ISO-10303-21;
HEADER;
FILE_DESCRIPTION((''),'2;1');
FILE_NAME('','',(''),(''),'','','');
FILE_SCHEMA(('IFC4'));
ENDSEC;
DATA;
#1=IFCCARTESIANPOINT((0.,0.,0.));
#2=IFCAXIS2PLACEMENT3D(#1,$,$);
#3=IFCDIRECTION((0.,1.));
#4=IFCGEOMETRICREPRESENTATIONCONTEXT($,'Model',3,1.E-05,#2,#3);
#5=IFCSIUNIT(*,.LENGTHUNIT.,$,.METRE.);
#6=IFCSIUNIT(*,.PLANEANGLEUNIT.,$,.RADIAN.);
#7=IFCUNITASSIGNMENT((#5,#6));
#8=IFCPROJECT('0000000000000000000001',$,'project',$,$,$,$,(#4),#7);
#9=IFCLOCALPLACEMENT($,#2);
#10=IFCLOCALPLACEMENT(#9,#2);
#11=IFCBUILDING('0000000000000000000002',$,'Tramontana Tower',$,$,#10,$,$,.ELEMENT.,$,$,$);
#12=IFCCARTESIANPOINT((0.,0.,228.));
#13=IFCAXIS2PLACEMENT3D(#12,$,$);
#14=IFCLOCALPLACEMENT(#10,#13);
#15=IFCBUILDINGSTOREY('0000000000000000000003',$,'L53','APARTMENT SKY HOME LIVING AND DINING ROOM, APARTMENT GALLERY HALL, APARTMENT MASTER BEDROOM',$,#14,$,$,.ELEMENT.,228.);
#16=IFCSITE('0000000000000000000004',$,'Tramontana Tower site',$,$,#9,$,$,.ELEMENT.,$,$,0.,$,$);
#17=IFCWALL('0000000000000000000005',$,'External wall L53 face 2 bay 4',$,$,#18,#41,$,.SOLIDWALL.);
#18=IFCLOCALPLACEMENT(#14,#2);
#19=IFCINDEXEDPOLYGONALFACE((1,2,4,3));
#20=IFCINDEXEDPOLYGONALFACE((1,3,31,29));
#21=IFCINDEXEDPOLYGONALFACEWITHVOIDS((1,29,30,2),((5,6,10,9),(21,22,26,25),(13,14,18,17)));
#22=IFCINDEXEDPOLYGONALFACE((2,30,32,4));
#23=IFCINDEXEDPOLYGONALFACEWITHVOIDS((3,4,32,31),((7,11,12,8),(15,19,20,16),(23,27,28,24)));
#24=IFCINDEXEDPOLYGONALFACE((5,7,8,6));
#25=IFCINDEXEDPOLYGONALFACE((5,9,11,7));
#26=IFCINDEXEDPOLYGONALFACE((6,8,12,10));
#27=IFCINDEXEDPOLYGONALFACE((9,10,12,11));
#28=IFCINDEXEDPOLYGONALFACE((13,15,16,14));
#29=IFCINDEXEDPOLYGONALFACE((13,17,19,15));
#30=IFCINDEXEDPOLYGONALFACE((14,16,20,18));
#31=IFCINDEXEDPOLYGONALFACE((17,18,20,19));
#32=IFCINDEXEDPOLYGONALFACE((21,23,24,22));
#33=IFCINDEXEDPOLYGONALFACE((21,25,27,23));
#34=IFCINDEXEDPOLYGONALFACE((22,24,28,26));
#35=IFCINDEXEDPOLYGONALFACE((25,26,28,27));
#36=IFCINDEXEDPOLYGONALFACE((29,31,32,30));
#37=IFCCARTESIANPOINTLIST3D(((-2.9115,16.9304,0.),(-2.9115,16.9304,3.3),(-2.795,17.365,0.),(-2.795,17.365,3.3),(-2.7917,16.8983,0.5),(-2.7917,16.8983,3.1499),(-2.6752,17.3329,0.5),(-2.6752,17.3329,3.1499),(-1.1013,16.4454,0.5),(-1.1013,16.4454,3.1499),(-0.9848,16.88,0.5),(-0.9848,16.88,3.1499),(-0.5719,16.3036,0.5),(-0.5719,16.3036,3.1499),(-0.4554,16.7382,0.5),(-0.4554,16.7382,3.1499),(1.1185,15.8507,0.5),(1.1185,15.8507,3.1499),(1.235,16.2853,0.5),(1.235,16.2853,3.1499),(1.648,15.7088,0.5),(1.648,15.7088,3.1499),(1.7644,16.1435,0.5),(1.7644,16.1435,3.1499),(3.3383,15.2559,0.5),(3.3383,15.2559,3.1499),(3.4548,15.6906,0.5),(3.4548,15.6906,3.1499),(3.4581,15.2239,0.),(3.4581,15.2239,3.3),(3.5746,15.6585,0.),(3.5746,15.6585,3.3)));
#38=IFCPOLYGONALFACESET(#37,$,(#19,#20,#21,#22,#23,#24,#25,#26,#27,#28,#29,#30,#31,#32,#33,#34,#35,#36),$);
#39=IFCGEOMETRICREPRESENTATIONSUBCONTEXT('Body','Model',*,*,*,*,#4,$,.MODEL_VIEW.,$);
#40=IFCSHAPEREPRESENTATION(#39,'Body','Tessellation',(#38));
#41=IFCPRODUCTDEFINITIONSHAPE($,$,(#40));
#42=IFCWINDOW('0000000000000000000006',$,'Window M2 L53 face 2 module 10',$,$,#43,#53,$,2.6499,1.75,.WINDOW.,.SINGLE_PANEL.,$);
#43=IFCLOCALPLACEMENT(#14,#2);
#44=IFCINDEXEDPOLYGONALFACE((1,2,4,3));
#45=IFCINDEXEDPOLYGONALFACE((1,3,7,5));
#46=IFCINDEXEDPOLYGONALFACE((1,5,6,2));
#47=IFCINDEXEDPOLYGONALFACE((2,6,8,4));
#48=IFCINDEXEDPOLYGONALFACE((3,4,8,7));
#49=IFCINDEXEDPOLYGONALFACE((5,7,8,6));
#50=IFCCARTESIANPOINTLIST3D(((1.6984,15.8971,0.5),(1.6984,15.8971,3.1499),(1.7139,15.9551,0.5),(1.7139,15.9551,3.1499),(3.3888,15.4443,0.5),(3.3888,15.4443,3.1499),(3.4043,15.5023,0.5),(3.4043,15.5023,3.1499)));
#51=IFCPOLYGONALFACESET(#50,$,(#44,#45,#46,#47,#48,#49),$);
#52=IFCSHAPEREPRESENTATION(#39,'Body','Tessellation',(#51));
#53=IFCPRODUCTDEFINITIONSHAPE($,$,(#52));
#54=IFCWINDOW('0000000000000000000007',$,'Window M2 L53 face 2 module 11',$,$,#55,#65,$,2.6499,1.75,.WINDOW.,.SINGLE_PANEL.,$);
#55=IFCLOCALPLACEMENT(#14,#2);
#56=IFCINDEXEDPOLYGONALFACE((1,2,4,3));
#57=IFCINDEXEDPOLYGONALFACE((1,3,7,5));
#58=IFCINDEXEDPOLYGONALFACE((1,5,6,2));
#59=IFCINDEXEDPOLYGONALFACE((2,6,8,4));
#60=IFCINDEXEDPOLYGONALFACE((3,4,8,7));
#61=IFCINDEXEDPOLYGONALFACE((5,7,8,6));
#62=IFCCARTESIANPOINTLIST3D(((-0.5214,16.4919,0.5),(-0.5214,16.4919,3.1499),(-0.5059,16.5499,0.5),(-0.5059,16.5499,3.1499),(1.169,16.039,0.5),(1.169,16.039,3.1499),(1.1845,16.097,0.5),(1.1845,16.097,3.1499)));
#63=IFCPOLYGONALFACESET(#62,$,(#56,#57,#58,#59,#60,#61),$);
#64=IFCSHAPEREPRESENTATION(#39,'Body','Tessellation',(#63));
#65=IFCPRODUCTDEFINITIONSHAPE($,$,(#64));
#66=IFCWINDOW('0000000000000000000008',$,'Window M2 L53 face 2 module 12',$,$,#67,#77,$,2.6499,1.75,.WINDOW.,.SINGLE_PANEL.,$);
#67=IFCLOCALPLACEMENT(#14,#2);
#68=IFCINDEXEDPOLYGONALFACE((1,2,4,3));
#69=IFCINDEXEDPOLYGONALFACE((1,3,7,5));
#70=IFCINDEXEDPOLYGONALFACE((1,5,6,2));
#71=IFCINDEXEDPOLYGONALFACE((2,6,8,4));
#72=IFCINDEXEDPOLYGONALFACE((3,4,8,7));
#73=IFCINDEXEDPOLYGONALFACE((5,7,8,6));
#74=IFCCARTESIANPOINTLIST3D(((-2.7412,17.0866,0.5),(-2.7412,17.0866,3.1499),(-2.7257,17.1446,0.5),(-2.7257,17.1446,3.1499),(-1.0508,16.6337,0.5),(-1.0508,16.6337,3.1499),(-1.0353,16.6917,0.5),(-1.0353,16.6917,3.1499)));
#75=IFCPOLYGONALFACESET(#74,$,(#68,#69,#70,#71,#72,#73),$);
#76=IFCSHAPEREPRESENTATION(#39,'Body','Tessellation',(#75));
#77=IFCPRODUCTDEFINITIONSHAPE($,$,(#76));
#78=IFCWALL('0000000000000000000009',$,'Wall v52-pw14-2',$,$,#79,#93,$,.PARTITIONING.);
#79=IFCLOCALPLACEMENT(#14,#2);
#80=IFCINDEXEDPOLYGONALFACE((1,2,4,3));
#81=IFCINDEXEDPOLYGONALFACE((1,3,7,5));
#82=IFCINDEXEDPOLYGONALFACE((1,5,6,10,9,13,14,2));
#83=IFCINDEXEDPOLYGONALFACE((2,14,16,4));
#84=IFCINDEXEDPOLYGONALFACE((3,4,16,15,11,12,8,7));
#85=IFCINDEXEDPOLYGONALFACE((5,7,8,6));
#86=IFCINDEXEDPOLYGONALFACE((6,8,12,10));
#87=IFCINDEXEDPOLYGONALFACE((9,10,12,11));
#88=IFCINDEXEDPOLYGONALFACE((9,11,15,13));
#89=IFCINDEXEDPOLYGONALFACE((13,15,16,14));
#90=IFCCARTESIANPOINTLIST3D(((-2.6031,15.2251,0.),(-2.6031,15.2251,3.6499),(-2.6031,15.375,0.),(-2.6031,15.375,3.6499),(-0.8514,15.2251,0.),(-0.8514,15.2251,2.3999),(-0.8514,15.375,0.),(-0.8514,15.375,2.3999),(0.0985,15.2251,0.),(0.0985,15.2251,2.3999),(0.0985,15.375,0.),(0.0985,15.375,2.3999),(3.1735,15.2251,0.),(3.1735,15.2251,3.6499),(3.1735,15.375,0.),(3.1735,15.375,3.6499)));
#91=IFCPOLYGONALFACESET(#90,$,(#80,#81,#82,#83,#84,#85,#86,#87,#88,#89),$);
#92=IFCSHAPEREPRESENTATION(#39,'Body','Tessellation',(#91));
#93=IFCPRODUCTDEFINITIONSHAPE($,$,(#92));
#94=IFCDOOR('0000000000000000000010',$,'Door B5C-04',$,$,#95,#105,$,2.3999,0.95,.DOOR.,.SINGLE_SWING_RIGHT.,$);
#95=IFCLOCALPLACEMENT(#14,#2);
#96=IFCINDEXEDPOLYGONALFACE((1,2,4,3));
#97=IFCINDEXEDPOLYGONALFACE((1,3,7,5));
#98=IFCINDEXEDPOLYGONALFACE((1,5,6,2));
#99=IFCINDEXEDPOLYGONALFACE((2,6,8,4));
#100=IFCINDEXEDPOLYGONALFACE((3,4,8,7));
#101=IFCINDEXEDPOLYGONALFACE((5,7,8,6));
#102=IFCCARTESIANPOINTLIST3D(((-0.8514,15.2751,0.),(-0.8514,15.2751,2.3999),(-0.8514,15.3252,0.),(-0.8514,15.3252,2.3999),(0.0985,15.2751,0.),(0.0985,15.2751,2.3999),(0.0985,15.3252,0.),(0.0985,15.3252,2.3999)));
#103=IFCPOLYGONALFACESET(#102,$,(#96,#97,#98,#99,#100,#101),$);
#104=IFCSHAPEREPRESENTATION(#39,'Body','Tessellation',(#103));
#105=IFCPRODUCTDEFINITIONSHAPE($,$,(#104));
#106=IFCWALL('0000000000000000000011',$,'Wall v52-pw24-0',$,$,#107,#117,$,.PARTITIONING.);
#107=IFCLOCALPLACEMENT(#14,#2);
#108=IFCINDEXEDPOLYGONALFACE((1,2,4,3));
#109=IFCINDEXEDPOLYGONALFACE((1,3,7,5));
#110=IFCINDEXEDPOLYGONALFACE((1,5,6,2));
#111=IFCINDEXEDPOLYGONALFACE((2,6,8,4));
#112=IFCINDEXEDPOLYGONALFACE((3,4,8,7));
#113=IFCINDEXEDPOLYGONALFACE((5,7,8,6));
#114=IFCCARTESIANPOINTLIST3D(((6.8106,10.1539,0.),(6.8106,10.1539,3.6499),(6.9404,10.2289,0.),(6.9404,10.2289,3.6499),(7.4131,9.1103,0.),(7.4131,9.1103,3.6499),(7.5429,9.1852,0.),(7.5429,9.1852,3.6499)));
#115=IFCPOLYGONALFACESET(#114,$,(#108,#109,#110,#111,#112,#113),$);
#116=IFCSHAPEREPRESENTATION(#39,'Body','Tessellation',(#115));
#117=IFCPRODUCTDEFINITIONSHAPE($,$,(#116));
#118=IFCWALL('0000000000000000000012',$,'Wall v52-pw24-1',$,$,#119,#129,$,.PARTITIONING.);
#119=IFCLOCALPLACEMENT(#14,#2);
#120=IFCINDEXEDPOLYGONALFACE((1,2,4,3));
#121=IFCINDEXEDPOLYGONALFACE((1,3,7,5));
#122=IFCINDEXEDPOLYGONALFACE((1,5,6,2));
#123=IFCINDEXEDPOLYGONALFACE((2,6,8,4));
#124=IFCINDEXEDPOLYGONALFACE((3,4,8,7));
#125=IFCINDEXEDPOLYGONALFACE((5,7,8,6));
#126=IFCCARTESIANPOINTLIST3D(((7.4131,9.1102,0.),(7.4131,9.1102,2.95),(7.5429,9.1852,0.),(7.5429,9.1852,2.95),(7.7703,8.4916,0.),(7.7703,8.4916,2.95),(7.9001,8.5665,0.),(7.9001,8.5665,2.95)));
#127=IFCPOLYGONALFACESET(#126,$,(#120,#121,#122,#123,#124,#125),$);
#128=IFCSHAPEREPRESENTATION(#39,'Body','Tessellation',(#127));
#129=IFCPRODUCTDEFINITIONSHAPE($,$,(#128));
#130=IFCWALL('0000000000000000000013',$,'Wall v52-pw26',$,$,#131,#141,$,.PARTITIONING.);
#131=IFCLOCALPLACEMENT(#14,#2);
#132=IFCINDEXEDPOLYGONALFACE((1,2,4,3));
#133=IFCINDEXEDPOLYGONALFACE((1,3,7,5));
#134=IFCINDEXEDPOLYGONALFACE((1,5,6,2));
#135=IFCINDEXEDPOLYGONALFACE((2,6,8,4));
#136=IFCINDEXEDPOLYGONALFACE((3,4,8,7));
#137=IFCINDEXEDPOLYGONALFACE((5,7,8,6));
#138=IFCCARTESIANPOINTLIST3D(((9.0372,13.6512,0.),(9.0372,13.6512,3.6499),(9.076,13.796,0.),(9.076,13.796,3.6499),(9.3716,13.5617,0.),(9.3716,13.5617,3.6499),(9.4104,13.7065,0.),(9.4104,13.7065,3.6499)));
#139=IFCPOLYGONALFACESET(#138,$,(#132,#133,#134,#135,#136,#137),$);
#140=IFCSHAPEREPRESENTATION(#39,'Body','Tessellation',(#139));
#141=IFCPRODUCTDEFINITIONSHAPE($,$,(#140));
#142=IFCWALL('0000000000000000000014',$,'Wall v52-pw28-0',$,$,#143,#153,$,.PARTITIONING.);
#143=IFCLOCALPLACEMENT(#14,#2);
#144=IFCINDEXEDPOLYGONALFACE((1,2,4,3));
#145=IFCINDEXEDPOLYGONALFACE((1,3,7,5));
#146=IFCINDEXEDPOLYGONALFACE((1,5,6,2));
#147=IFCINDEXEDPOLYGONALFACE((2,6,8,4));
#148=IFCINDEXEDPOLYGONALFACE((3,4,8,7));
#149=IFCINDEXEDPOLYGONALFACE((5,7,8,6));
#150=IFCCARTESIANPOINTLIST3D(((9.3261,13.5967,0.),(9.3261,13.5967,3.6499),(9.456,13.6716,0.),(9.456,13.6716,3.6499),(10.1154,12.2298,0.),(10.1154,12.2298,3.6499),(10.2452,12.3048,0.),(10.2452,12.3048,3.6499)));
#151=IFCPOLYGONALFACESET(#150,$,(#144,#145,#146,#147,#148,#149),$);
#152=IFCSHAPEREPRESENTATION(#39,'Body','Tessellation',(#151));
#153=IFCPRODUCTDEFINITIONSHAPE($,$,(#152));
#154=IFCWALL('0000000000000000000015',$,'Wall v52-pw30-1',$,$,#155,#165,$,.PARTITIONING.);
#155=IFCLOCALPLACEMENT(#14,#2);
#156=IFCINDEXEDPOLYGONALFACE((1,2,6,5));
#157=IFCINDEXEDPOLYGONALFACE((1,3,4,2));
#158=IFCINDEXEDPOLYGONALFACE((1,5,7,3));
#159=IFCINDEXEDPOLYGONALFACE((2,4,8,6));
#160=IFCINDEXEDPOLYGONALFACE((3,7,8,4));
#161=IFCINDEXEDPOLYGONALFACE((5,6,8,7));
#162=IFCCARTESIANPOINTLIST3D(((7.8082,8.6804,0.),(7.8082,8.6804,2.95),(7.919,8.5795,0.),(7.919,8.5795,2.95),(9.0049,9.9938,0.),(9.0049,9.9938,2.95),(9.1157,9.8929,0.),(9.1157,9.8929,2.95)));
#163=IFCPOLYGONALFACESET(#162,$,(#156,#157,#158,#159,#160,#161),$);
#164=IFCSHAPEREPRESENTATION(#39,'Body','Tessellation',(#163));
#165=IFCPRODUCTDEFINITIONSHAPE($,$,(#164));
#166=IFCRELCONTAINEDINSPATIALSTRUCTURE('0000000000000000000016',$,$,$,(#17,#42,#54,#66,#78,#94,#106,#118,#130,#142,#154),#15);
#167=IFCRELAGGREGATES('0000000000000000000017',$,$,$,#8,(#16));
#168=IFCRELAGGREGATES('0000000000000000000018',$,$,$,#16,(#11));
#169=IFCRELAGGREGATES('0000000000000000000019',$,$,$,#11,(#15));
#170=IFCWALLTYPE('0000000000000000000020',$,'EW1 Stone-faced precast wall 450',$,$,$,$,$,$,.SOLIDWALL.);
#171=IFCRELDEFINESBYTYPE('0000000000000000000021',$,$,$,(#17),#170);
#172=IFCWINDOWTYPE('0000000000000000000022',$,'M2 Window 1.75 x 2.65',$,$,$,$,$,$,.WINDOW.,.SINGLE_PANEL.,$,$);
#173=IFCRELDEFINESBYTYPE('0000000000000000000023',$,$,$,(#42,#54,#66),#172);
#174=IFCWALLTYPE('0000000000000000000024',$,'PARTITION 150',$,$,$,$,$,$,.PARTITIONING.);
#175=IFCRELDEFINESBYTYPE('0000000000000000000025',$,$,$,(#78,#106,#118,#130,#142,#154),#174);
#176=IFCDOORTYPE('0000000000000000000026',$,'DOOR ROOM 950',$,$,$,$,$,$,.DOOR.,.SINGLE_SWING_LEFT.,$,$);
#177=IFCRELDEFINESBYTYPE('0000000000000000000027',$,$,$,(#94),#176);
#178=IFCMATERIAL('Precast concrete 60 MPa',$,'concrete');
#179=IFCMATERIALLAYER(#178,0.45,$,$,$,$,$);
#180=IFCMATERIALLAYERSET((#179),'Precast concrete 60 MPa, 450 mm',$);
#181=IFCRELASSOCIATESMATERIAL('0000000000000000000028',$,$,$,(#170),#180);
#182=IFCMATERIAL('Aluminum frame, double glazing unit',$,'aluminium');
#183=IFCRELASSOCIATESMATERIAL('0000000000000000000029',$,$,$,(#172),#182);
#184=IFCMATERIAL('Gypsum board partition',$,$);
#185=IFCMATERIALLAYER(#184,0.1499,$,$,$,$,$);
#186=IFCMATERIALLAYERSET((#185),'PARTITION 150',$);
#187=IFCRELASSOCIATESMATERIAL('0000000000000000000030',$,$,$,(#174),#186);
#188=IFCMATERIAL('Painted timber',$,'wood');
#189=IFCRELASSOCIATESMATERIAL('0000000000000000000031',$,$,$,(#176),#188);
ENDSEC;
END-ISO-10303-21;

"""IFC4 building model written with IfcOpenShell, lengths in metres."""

from ifc_helpers import new_model, si_unit, direction, frame, frame_2d, origin, place, context, subcontext, project, spatial, rectangle, extrude, material, layer, layer_set, type_object, element, fill, save


model = new_model("IFC4")

# Units and contexts
model_context = context("Model", 3, precision=1e-05, world=origin(), true_north=direction((0.0, 1.0)))
body_context = subcontext(model_context, "Body", "Model", "MODEL_VIEW")
ifc_project = project(units=[si_unit("LENGTHUNIT", "METRE"), si_unit("PLANEANGLEUNIT", "RADIAN")], contexts=[model_context])

# Site, building, storey
site_placement = place(None, origin())
site = spatial("IfcSite", under=ifc_project, at=site_placement, Name="Tramontana Tower site", CompositionType="ELEMENT", RefElevation=0.0)
building_placement = place(site_placement, origin())
building = spatial("IfcBuilding", under=site, at=building_placement, Name="Tramontana Tower", CompositionType="ELEMENT")
storey_placement = place(building_placement, frame((0.0, 0.0, 228.0)))
storey = spatial("IfcBuildingStorey", under=building, at=storey_placement, Name="L53", Description="APARTMENT SKY HOME LIVING AND DINING ROOM, APARTMENT GALLERY HALL, APARTMENT MASTER BEDROOM", CompositionType="ELEMENT", Elevation=228.0)

# Wall, openings, windows
ifc_material_1 = material(Name="Precast concrete 60 MPa", Category="concrete")
ifc_layer_1 = layer(ifc_material_1, 0.45)
ifc_layer_set_1 = layer_set([ifc_layer_1], Name="Precast concrete 60 MPa, 450 mm")
wall_type_1 = type_object("IfcWallType", Name="EW1 Stone-faced precast wall 450", PredefinedType="SOLIDWALL", material=ifc_layer_set_1)
wall_1_placement = place(storey_placement, frame((3.5164, 15.4412, 0.0), z_axis=(0.0, 0.0, 1.0), x_axis=(-0.965933, 0.258792, 0.0)))
wall_1 = element("IfcWall", 1, at=wall_1_placement, inside=storey, type_object=wall_type_1, Name="External wall L53 face 2 bay 4", PredefinedType="SOLIDWALL", context=body_context, shape_type="SweptSolid", body=[
    extrude(rectangle(XDim=6.5942, YDim=0.45, at=frame_2d((3.2971, 0.0))), origin(), (0.0, 0.0, 1.0), 3.3),
])
opening_1_placement = place(wall_1_placement, frame((0.124, 0.0, 0.5)))
opening_1 = element("IfcOpeningElement", 2, at=opening_1_placement, cuts=wall_1, PredefinedType="OPENING", context=body_context, shape_type="SweptSolid", body=[
    extrude(rectangle(XDim=1.75, YDim=2.6499, at=frame_2d((0.875, 1.325))), frame((0.0, 0.2349, 0.0), z_axis=(0.0, -1.0, 0.0), x_axis=(1.0, 0.0, 0.0)), (0.0, 0.0, 1.0), 0.47),
])
opening_2_placement = place(wall_1_placement, frame((2.4221, 0.0, 0.5)))
opening_2 = element("IfcOpeningElement", 3, at=opening_2_placement, cuts=wall_1, PredefinedType="OPENING", context=body_context, shape_type="SweptSolid", body=[
    extrude(rectangle(XDim=1.75, YDim=2.6499, at=frame_2d((0.875, 1.325))), frame((0.0, 0.2349, 0.0), z_axis=(0.0, -1.0, 0.0), x_axis=(1.0, 0.0, 0.0)), (0.0, 0.0, 1.0), 0.47),
])
opening_3_placement = place(wall_1_placement, frame((4.7202, 0.0, 0.5)))
opening_3 = element("IfcOpeningElement", 4, at=opening_3_placement, cuts=wall_1, PredefinedType="OPENING", context=body_context, shape_type="SweptSolid", body=[
    extrude(rectangle(XDim=1.75, YDim=2.6499, at=frame_2d((0.875, 1.325))), frame((0.0, 0.2349, 0.0), z_axis=(0.0, -1.0, 0.0), x_axis=(1.0, 0.0, 0.0)), (0.0, 0.0, 1.0), 0.47),
])
ifc_material_2 = material(Name="Aluminum frame, double glazing unit", Category="aluminium")
window_type = type_object("IfcWindowType", Name="M2 Window 1.75 x 2.65", PartitioningType="SINGLE_PANEL", PredefinedType="WINDOW", material=ifc_material_2)
window_1_placement = place(opening_1_placement, origin())
window_1 = element("IfcWindow", 5, at=window_1_placement, inside=storey, type_object=window_type, Name="Window M2 L53 face 2 module 10", OverallHeight=2.6499, OverallWidth=1.75, PartitioningType="SINGLE_PANEL", PredefinedType="WINDOW", context=body_context, shape_type="SweptSolid", body=[
    extrude(rectangle(XDim=1.75, YDim=2.6499, at=frame_2d((0.875, 1.325))), frame((0.0, 0.03, 0.0), z_axis=(0.0, -1.0, 0.0), x_axis=(1.0, 0.0, 0.0)), (0.0, 0.0, 1.0), 0.0601),
])
fill(opening_1, window_1)
window_2_placement = place(opening_2_placement, origin())
window_2 = element("IfcWindow", 6, at=window_2_placement, inside=storey, type_object=window_type, Name="Window M2 L53 face 2 module 11", OverallHeight=2.6499, OverallWidth=1.75, PartitioningType="SINGLE_PANEL", PredefinedType="WINDOW", context=body_context, shape_type="SweptSolid", body=[
    extrude(rectangle(XDim=1.75, YDim=2.6499, at=frame_2d((0.875, 1.325))), frame((0.0, 0.03, 0.0), z_axis=(0.0, -1.0, 0.0), x_axis=(1.0, 0.0, 0.0)), (0.0, 0.0, 1.0), 0.0601),
])
fill(opening_2, window_2)
window_3_placement = place(opening_3_placement, origin())
window_3 = element("IfcWindow", 7, at=window_3_placement, inside=storey, type_object=window_type, Name="Window M2 L53 face 2 module 12", OverallHeight=2.6499, OverallWidth=1.75, PartitioningType="SINGLE_PANEL", PredefinedType="WINDOW", context=body_context, shape_type="SweptSolid", body=[
    extrude(rectangle(XDim=1.75, YDim=2.6499, at=frame_2d((0.875, 1.325))), frame((0.0, 0.03, 0.0), z_axis=(0.0, -1.0, 0.0), x_axis=(1.0, 0.0, 0.0)), (0.0, 0.0, 1.0), 0.0601),
])
fill(opening_3, window_3)

# Wall, opening, door
ifc_material_3 = material(Name="Gypsum board partition")
ifc_layer_2 = layer(ifc_material_3, 0.1499)
ifc_layer_set_2 = layer_set([ifc_layer_2], Name="PARTITION 150")
wall_type_2 = type_object("IfcWallType", Name="PARTITION 150", PredefinedType="PARTITIONING", material=ifc_layer_set_2)
wall_2_placement = place(storey_placement, frame((3.1733, 15.3, 0.0), z_axis=(0.0, 0.0, 1.0), x_axis=(-1.0, 0.0, 0.0)))
wall_2 = element("IfcWall", 8, at=wall_2_placement, inside=storey, type_object=wall_type_2, Name="Wall v52-pw14-2", PredefinedType="PARTITIONING", context=body_context, shape_type="SweptSolid", body=[
    extrude(rectangle(XDim=5.7766, YDim=0.1499, at=frame_2d((2.8882, 0.0))), origin(), (0.0, 0.0, 1.0), 3.6499),
])
opening_4_placement = place(wall_2_placement, frame((3.0747, 0.0, 0.0)))
opening_4 = element("IfcOpeningElement", 9, at=opening_4_placement, cuts=wall_2, PredefinedType="OPENING", context=body_context, shape_type="SweptSolid", body=[
    extrude(rectangle(XDim=0.95, YDim=2.3999, at=frame_2d((0.4751, 1.2))), frame((0.0, 0.085, 0.0), z_axis=(0.0, -1.0, 0.0), x_axis=(1.0, 0.0, 0.0)), (0.0, 0.0, 1.0), 0.1699),
])
ifc_material_4 = material(Name="Painted timber", Category="wood")
door_type_1 = type_object("IfcDoorType", Name="DOOR ROOM 950", OperationType="SINGLE_SWING_LEFT", PredefinedType="DOOR", material=ifc_material_4)
door_1_placement = place(opening_4_placement, origin())
door_1 = element("IfcDoor", 10, at=door_1_placement, inside=storey, type_object=door_type_1, Name="Door B5C-04", OperationType="SINGLE_SWING_RIGHT", OverallHeight=2.3999, OverallWidth=0.95, PredefinedType="DOOR", context=body_context, shape_type="SweptSolid", body=[
    extrude(rectangle(XDim=0.95, YDim=2.3999, at=frame_2d((0.4751, 1.2))), frame((0.0, 0.0249, 0.0), z_axis=(0.0, -1.0, 0.0), x_axis=(1.0, 0.0, 0.0)), (0.0, 0.0, 1.0), 0.05),
])
fill(opening_4, door_1)

# Walls
wall_3_placement = place(storey_placement, frame((6.8755, 10.1914, 0.0), z_axis=(0.0, 0.0, 1.0), x_axis=(0.499974, -0.866041, 0.0)))
element("IfcWall", 11, at=wall_3_placement, inside=storey, type_object=wall_type_2, Name="Wall v52-pw24-0", PredefinedType="PARTITIONING", context=body_context, shape_type="SweptSolid", body=[
    extrude(rectangle(XDim=1.2051, YDim=0.1499, at=frame_2d((0.6025, 0.0))), origin(), (0.0, 0.0, 1.0), 3.6499),
])
wall_4_placement = place(storey_placement, frame((7.478, 9.1477, 0.0), z_axis=(0.0, 0.0, 1.0), x_axis=(0.499999, -0.866026, 0.0)))
element("IfcWall", 12, at=wall_4_placement, inside=storey, type_object=wall_type_2, Name="Wall v52-pw24-1", PredefinedType="PARTITIONING", context=body_context, shape_type="SweptSolid", body=[
    extrude(rectangle(XDim=0.7144, YDim=0.1499, at=frame_2d((0.3572, 0.0))), origin(), (0.0, 0.0, 1.0), 2.95),
])

# Walls
wall_5_placement = place(storey_placement, frame((9.0566, 13.7236, 0.0), z_axis=(0.0, 0.0, 1.0), x_axis=(0.965942, -0.25876, 0.0)))
element("IfcWall", 13, at=wall_5_placement, inside=storey, type_object=wall_type_2, Name="Wall v52-pw26", PredefinedType="PARTITIONING", context=body_context, shape_type="SweptSolid", body=[
    extrude(rectangle(XDim=0.3462, YDim=0.1499, at=frame_2d((0.1731, 0.0))), origin(), (0.0, 0.0, 1.0), 3.6499),
])
wall_6_placement = place(storey_placement, frame((9.3911, 13.634, 0.0), z_axis=(0.0, 0.0, 1.0), x_axis=(0.500048, -0.865998, 0.0)))
element("IfcWall", 14, at=wall_6_placement, inside=storey, type_object=wall_type_2, Name="Wall v52-pw28-0", PredefinedType="PARTITIONING", context=body_context, shape_type="SweptSolid", body=[
    extrude(rectangle(XDim=1.5784, YDim=0.1499, at=frame_2d((0.7891, 0.0))), origin(), (0.0, 0.0, 1.0), 3.6499),
])

# Wall
wall_7_placement = place(storey_placement, frame((9.0603, 9.9434, 0.0), z_axis=(0.0, 0.0, 1.0), x_axis=(-0.673507, -0.739181, 0.0)))
element("IfcWall", 15, at=wall_7_placement, inside=storey, type_object=wall_type_2, Name="Wall v52-pw30-1", PredefinedType="PARTITIONING", context=body_context, shape_type="SweptSolid", body=[
    extrude(rectangle(XDim=1.7769, YDim=0.1499, at=frame_2d((0.8884, 0.0))), origin(), (0.0, 0.0, 1.0), 2.95),
])

save(model, "model.ifc")
